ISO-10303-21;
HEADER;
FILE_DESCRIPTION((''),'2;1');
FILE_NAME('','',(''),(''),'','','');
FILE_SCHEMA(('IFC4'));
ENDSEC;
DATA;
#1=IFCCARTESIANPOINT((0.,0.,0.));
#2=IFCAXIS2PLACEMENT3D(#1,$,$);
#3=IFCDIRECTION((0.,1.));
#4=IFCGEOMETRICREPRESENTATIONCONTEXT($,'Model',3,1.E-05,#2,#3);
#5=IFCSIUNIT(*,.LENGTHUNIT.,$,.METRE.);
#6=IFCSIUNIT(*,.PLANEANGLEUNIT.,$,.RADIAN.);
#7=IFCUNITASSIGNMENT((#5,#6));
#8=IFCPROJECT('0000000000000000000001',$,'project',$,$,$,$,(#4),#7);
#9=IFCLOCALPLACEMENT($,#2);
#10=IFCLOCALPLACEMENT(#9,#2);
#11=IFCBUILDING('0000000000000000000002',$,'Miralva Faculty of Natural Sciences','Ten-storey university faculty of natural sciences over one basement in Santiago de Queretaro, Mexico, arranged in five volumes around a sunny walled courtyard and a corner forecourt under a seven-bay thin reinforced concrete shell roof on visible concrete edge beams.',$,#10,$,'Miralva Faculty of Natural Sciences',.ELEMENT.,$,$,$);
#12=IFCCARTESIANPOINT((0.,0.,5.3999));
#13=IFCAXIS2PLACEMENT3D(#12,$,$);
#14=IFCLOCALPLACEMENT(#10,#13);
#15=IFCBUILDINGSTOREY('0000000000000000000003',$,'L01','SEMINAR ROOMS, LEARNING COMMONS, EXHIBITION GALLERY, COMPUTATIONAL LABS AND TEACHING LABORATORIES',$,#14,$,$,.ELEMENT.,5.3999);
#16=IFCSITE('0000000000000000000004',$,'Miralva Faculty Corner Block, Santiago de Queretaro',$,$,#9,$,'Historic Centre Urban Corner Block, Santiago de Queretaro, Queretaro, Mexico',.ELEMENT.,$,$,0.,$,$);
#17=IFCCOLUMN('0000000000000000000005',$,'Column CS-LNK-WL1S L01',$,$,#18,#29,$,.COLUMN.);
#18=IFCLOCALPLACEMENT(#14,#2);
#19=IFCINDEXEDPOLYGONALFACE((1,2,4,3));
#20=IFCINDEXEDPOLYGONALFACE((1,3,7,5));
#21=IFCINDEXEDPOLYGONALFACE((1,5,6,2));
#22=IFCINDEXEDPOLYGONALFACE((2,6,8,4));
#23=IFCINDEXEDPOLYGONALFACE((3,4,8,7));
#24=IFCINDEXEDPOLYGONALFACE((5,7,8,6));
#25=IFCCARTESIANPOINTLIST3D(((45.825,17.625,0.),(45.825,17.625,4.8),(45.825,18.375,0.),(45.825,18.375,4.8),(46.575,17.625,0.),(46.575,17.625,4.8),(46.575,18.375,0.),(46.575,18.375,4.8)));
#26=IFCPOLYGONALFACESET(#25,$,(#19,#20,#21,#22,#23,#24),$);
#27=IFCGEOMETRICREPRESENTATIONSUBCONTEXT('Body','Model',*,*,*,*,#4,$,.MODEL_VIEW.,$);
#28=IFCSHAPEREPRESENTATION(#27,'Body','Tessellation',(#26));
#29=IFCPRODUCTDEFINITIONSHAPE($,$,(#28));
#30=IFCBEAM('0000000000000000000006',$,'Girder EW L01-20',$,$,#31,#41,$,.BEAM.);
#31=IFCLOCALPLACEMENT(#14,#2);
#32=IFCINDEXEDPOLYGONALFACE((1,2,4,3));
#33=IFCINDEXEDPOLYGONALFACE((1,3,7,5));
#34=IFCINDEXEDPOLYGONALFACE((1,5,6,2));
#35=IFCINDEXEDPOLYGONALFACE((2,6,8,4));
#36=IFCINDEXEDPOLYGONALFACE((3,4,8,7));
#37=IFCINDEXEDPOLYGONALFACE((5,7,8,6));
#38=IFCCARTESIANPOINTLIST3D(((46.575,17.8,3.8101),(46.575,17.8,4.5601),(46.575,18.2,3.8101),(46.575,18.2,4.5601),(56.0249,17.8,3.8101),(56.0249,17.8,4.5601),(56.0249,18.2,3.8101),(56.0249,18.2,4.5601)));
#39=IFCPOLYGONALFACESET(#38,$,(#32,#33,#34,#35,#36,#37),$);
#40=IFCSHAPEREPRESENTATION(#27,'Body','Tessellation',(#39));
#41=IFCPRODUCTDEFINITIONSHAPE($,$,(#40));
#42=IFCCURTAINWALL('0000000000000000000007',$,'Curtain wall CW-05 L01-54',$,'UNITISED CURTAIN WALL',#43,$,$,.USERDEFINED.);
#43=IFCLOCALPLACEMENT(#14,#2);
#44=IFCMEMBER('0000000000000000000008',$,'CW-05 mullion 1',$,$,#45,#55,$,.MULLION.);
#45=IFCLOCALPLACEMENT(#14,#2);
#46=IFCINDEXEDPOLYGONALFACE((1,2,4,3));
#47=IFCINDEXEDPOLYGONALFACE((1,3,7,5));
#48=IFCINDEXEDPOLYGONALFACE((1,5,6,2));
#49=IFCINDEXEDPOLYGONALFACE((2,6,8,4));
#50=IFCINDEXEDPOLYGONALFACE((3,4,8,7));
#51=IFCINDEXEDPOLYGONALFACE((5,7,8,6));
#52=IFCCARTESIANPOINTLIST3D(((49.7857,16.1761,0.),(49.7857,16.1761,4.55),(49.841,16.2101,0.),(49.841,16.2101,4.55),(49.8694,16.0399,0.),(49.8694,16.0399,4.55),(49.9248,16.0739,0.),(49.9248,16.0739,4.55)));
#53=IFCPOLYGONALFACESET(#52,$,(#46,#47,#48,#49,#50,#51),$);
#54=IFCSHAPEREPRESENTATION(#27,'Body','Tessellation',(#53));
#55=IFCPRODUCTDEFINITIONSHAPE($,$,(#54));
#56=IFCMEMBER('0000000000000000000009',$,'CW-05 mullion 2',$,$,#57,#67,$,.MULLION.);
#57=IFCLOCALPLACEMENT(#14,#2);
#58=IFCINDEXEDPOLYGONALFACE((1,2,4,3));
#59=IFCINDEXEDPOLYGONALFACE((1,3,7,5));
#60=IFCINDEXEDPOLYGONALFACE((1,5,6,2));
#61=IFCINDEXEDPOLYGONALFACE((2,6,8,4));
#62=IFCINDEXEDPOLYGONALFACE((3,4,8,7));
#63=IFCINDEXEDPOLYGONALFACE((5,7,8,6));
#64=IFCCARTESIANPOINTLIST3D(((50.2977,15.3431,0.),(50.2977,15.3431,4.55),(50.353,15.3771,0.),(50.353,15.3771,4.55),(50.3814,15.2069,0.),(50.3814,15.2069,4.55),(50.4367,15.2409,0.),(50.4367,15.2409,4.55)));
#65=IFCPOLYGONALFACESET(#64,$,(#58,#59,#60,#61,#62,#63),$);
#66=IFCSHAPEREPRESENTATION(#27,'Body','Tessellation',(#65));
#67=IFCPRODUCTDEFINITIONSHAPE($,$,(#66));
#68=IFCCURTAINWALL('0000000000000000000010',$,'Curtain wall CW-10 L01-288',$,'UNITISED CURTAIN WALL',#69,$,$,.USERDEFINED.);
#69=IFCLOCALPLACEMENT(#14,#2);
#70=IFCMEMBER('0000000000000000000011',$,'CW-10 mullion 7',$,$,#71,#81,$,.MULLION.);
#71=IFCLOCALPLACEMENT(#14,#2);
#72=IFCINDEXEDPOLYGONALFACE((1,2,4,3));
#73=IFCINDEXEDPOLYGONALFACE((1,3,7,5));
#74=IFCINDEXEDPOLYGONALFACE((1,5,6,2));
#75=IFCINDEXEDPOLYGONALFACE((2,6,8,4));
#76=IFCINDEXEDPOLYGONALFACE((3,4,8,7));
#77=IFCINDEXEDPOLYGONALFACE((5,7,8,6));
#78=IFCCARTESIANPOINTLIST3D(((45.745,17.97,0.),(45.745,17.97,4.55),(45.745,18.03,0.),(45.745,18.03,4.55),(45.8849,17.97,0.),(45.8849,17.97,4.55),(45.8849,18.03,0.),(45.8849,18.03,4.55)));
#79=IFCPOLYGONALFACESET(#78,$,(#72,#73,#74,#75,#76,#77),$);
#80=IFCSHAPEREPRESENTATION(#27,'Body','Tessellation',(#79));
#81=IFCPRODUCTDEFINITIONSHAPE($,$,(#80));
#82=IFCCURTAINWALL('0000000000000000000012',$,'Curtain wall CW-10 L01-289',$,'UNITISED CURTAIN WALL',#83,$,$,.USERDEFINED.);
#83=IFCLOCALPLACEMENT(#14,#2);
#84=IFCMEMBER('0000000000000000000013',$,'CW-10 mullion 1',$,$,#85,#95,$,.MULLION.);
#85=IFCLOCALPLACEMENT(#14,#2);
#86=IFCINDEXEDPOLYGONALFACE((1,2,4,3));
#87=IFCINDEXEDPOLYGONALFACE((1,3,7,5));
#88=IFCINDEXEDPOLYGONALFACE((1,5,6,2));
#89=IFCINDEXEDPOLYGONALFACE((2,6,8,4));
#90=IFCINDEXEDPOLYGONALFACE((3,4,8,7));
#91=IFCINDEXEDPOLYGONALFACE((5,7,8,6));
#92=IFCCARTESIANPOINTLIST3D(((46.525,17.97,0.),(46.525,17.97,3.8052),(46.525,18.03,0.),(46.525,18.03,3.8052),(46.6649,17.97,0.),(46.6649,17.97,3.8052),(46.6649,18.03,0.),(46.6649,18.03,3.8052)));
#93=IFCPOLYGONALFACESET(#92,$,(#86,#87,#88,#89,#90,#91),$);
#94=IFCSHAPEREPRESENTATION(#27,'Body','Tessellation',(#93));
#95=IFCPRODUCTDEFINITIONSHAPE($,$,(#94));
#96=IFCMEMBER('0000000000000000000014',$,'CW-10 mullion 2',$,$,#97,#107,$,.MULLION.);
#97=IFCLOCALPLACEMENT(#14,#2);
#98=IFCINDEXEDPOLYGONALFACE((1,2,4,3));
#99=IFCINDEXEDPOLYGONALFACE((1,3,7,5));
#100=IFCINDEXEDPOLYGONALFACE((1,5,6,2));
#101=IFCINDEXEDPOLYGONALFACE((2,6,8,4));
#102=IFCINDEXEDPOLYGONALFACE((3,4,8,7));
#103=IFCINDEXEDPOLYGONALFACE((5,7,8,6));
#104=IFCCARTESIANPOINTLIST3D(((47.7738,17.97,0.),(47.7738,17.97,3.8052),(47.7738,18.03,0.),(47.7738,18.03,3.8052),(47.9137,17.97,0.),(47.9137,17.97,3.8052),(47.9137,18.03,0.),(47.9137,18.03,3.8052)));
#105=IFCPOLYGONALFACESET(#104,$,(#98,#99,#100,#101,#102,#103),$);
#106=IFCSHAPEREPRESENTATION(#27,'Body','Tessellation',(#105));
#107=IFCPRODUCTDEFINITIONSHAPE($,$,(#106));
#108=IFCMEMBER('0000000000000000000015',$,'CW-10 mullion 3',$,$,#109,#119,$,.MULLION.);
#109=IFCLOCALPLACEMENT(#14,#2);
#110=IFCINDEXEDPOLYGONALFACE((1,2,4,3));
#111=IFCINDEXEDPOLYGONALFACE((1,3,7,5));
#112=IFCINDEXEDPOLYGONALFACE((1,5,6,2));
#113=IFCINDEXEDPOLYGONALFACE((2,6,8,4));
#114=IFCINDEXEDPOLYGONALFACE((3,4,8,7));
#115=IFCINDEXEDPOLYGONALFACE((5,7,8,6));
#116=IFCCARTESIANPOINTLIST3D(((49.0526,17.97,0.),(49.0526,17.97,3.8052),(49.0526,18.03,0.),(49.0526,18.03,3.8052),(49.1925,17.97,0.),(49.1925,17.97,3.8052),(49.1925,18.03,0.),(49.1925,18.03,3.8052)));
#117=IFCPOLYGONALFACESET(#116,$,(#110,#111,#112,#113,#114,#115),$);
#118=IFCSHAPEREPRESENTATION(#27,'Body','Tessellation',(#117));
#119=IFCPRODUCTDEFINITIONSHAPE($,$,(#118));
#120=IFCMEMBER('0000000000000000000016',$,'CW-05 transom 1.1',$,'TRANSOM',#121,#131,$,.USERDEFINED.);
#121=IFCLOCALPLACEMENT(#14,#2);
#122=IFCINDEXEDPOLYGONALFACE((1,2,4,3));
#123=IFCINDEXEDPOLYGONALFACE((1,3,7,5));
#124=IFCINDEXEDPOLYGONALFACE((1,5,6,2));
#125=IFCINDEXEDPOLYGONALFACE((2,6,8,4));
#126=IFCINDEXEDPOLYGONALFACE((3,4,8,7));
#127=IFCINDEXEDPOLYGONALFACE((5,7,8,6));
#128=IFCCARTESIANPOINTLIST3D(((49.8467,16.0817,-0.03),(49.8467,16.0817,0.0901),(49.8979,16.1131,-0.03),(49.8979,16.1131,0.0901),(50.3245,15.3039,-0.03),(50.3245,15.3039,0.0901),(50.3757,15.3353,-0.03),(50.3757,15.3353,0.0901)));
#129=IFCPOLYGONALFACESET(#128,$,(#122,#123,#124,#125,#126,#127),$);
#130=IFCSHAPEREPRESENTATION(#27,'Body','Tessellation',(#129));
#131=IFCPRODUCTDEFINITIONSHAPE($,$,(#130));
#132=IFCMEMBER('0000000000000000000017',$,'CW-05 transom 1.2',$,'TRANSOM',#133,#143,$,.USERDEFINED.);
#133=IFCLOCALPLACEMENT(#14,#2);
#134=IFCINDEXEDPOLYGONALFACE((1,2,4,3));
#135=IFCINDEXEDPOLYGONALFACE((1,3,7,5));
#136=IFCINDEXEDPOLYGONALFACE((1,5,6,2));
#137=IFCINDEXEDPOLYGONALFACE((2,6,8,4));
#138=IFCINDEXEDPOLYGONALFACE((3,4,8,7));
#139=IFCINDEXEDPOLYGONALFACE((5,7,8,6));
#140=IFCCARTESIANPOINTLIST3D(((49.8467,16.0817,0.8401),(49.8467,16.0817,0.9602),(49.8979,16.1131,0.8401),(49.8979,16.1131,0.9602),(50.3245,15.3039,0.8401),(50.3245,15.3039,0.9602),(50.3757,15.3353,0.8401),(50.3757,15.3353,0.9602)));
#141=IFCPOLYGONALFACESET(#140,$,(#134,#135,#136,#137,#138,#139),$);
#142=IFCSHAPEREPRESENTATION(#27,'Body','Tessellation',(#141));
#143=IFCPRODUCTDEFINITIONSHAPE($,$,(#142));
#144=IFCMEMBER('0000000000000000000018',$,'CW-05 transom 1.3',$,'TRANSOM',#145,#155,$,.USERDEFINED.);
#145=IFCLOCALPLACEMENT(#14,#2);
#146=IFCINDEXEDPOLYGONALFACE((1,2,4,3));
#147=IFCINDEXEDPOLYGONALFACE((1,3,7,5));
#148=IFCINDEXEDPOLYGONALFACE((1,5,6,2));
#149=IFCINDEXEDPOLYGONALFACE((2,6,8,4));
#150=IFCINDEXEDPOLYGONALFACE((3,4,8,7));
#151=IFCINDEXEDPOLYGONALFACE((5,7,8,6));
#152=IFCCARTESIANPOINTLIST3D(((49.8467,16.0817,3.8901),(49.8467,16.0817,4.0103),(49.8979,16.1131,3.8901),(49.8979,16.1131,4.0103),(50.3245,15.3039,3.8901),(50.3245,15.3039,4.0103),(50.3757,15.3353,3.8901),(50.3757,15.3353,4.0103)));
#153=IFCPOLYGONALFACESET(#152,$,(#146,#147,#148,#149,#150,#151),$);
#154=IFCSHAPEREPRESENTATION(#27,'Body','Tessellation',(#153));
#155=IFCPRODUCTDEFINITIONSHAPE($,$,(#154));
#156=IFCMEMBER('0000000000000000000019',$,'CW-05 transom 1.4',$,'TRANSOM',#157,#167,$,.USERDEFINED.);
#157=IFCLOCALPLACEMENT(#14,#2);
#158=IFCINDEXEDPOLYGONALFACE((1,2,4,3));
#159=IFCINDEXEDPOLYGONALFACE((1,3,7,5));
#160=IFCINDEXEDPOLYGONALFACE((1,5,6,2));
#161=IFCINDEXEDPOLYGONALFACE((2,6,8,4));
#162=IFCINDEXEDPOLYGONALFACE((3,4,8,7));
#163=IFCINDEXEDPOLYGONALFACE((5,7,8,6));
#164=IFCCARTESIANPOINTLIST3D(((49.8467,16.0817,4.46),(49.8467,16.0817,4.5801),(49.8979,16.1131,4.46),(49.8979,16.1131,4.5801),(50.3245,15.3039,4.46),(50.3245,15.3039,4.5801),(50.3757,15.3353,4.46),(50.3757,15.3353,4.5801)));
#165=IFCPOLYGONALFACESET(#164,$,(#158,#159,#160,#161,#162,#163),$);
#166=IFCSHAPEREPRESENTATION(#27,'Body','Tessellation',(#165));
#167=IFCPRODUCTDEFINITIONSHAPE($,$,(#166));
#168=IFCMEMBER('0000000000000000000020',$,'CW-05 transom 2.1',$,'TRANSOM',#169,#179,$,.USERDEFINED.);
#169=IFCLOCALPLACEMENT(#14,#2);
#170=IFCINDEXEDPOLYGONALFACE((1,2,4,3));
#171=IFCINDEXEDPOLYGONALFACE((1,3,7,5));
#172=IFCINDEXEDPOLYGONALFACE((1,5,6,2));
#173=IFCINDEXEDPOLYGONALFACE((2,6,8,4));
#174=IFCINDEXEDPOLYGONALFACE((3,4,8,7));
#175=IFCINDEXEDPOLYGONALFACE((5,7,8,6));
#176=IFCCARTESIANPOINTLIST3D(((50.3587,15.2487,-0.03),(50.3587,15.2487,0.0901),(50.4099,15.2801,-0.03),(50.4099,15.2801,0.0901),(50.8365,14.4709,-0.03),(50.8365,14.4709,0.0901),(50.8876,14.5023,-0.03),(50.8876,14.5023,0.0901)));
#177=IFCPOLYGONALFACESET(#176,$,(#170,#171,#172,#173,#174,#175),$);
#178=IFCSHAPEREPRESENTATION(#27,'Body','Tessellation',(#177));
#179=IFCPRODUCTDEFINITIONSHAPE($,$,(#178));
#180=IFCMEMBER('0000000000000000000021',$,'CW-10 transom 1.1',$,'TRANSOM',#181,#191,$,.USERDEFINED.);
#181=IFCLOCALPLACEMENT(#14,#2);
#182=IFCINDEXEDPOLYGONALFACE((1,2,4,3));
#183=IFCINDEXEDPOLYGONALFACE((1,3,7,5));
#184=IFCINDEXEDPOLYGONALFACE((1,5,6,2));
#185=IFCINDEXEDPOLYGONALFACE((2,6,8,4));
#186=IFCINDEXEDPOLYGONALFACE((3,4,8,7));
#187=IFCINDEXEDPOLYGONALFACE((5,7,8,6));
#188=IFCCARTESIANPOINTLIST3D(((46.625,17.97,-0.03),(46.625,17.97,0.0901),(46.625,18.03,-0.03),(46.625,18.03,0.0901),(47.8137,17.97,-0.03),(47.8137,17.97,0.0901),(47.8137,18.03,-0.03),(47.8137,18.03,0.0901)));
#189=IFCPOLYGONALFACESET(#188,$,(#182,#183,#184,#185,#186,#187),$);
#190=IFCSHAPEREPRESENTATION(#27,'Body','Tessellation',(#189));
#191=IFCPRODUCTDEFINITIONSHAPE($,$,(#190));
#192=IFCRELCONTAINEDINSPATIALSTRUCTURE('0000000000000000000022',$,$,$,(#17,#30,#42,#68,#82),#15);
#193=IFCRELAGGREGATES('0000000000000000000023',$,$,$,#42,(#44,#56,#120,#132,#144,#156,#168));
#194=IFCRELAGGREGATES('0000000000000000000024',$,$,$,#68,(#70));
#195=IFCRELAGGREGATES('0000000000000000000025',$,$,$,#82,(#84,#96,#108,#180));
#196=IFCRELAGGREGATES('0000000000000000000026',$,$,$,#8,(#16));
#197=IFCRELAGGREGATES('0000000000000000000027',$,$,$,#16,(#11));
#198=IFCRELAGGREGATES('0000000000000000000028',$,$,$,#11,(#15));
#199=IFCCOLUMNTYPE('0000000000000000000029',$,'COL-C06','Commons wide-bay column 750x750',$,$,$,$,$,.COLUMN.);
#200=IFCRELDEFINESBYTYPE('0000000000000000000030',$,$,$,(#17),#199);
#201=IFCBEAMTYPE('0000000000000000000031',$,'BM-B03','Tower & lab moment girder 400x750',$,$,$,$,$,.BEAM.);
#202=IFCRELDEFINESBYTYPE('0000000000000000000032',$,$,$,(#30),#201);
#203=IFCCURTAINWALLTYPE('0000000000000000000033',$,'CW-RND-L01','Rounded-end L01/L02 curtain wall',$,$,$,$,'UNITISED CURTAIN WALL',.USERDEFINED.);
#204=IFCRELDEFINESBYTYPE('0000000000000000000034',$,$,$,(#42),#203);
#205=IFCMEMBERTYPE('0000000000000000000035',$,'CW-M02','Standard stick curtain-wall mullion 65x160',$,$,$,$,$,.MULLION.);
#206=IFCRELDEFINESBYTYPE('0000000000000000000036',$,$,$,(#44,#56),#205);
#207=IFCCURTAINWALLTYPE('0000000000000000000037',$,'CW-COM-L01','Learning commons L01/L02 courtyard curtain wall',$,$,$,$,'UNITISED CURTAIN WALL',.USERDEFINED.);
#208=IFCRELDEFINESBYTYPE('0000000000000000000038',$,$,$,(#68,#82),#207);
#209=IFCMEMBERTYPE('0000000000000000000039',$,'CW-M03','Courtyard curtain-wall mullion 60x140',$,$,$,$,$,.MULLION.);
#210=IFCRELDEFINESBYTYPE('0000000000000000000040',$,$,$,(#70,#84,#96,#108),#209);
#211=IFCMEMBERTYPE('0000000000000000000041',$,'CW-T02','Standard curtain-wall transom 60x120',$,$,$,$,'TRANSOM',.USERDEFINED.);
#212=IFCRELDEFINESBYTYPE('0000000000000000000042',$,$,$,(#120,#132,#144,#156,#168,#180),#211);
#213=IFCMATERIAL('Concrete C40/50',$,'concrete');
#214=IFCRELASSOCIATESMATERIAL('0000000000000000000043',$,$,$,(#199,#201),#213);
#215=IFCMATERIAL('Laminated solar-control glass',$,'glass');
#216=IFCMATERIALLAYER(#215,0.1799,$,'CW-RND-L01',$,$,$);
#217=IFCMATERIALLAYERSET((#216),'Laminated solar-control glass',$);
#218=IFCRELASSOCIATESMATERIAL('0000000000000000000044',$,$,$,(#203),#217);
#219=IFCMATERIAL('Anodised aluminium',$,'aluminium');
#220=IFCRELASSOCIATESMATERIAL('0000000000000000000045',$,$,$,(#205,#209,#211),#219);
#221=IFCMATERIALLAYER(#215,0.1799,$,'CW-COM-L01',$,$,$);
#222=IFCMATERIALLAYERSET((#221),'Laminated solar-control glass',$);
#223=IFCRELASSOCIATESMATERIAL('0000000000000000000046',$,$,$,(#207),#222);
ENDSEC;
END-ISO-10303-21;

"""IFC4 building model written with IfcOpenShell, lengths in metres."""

from ifc_helpers import new_model, si_unit, direction, frame, origin, origin_2d, place, context, subcontext, project, spatial, rectangle, extrude, material, layer, layer_set, material_profile, profile_set, type_object, element, aggregate, save


model = new_model("IFC4")

# Units and contexts
model_context = context("Model", 3, precision=1e-05, world=origin(), true_north=direction((0.0, 1.0)))
body_context = subcontext(model_context, "Body", "Model", "MODEL_VIEW")
ifc_project = project(units=[si_unit("LENGTHUNIT", "METRE"), si_unit("PLANEANGLEUNIT", "RADIAN")], contexts=[model_context])

# Site, building, storey
site_placement = place(None, origin())
site = spatial("IfcSite", under=ifc_project, at=site_placement, Name="Miralva Faculty Corner Block, Santiago de Queretaro", LongName="Historic Centre Urban Corner Block, Santiago de Queretaro, Queretaro, Mexico", CompositionType="ELEMENT", RefElevation=0.0)
building_placement = place(site_placement, origin())
building = spatial("IfcBuilding", under=site, at=building_placement, Name="Miralva Faculty of Natural Sciences", Description="Ten-storey university faculty of natural sciences over one basement in Santiago de Queretaro, Mexico, arranged in five volumes around a sunny walled courtyard and a corner forecourt under a seven-bay thin reinforced concrete shell roof on visible concrete edge beams.", LongName="Miralva Faculty of Natural Sciences", CompositionType="ELEMENT")
storey_placement = place(building_placement, frame((0.0, 0.0, 5.3999)))
storey = spatial("IfcBuildingStorey", under=building, at=storey_placement, Name="L01", Description="SEMINAR ROOMS, LEARNING COMMONS, EXHIBITION GALLERY, COMPUTATIONAL LABS AND TEACHING LABORATORIES", CompositionType="ELEMENT", Elevation=5.3999)

# Column
ifc_material_1 = material(Name="Concrete C40/50", Category="concrete")
ifc_material_profile_1 = material_profile(ifc_material_1, rectangle(XDim=0.75, YDim=0.75, at=origin_2d()), Name="RC 750x750")
ifc_profile_set_1 = profile_set([ifc_material_profile_1], Name="Concrete C40/50")
column_type = type_object("IfcColumnType", Name="COL-C06", Description="Commons wide-bay column 750x750", PredefinedType="COLUMN", material=ifc_profile_set_1)
column_placement = place(storey_placement, frame((46.2, 18.0, 0.0), z_axis=(0.0, 0.0, 1.0), x_axis=(1.0, 0.0, 0.0)))
element("IfcColumn", 1, at=column_placement, inside=storey, type_object=column_type, Name="Column CS-LNK-WL1S L01", PredefinedType="COLUMN", context=body_context, shape_type="SweptSolid", body=[
    extrude(rectangle(XDim=0.75, YDim=0.75, at=origin_2d()), origin(), (0.0, 0.0, 1.0), 4.8),
])

# Beam
ifc_material_profile_2 = material_profile(ifc_material_1, rectangle(XDim=0.3999, YDim=0.75, at=origin_2d()), Name="RC 400x750")
ifc_profile_set_2 = profile_set([ifc_material_profile_2], Name="Concrete C40/50")
beam_type = type_object("IfcBeamType", Name="BM-B03", Description="Tower & lab moment girder 400x750", PredefinedType="BEAM", material=ifc_profile_set_2)
beam_placement = place(storey_placement, frame((46.575, 18.0, 4.1851), z_axis=(1.0, 0.0, 0.0), x_axis=(0.0, 1.0, 0.0)))
element("IfcBeam", 2, at=beam_placement, inside=storey, type_object=beam_type, Name="Girder EW L01-20", PredefinedType="BEAM", context=body_context, shape_type="SweptSolid", body=[
    extrude(rectangle(XDim=0.3999, YDim=0.75, at=origin_2d()), origin(), (0.0, 0.0, 1.0), 9.45),
])

# Curtain wall, members
ifc_material_2 = material(Name="Laminated solar-control glass", Category="glass")
ifc_layer_1 = layer(ifc_material_2, 0.1799, Name="CW-RND-L01")
ifc_layer_set_1 = layer_set([ifc_layer_1], Name="Laminated solar-control glass")
curtain_wall_type_1 = type_object("IfcCurtainWallType", Name="CW-RND-L01", Description="Rounded-end L01/L02 curtain wall", ElementType="UNITISED CURTAIN WALL", PredefinedType="USERDEFINED", material=ifc_layer_set_1)
curtain_wall_1_placement = place(storey_placement, origin())
curtain_wall_1 = element("IfcCurtainWall", 3, at=curtain_wall_1_placement, inside=storey, type_object=curtain_wall_type_1, Name="Curtain wall CW-05 L01-54", ObjectType="UNITISED CURTAIN WALL", PredefinedType="USERDEFINED")
ifc_material_3 = material(Name="Anodised aluminium", Category="aluminium")
ifc_material_profile_3 = material_profile(ifc_material_3, rectangle(XDim=0.0649, YDim=0.1599, at=origin_2d()), Name="MULLION 65x160")
ifc_profile_set_3 = profile_set([ifc_material_profile_3], Name="Anodised aluminium")
member_type_1 = type_object("IfcMemberType", Name="CW-M02", Description="Standard stick curtain-wall mullion 65x160", PredefinedType="MULLION", material=ifc_profile_set_3)
member_1_placement = place(storey_placement, frame((49.8552, 16.125, 0.0), z_axis=(0.0, 0.0, 1.0), x_axis=(0.851995, 0.523551, 0.0)))
member_1 = element("IfcMember", 4, at=member_1_placement, type_object=member_type_1, Name="CW-05 mullion 1", PredefinedType="MULLION", context=body_context, shape_type="SweptSolid", body=[
    extrude(rectangle(XDim=0.0649, YDim=0.1599, at=origin_2d()), origin(), (0.0, 0.0, 1.0), 4.55),
])
member_2_placement = place(storey_placement, frame((50.3672, 15.292, 0.0), z_axis=(0.0, 0.0, 1.0), x_axis=(0.851995, 0.523551, 0.0)))
member_2 = element("IfcMember", 5, at=member_2_placement, type_object=member_type_1, Name="CW-05 mullion 2", PredefinedType="MULLION", context=body_context, shape_type="SweptSolid", body=[
    extrude(rectangle(XDim=0.0649, YDim=0.1599, at=origin_2d()), origin(), (0.0, 0.0, 1.0), 4.55),
])

# Curtain wall, member
ifc_layer_2 = layer(ifc_material_2, 0.1799, Name="CW-COM-L01")
ifc_layer_set_2 = layer_set([ifc_layer_2], Name="Laminated solar-control glass")
curtain_wall_type_2 = type_object("IfcCurtainWallType", Name="CW-COM-L01", Description="Learning commons L01/L02 courtyard curtain wall", ElementType="UNITISED CURTAIN WALL", PredefinedType="USERDEFINED", material=ifc_layer_set_2)
curtain_wall_2_placement = place(storey_placement, origin())
curtain_wall_2 = element("IfcCurtainWall", 6, at=curtain_wall_2_placement, inside=storey, type_object=curtain_wall_type_2, Name="Curtain wall CW-10 L01-288", ObjectType="UNITISED CURTAIN WALL", PredefinedType="USERDEFINED")
ifc_material_profile_4 = material_profile(ifc_material_3, rectangle(XDim=0.0601, YDim=0.1399, at=origin_2d()), Name="MULLION 60x140")
ifc_profile_set_4 = profile_set([ifc_material_profile_4], Name="Anodised aluminium")
member_type_2 = type_object("IfcMemberType", Name="CW-M03", Description="Courtyard curtain-wall mullion 60x140", PredefinedType="MULLION", material=ifc_profile_set_4)
member_3_placement = place(storey_placement, frame((45.8149, 18.0, 0.0), z_axis=(0.0, 0.0, 1.0), x_axis=(0.0, 1.0, 0.0)))
member_3 = element("IfcMember", 7, at=member_3_placement, type_object=member_type_2, Name="CW-10 mullion 7", PredefinedType="MULLION", context=body_context, shape_type="SweptSolid", body=[
    extrude(rectangle(XDim=0.0601, YDim=0.1399, at=origin_2d()), origin(), (0.0, 0.0, 1.0), 4.55),
])

# Curtain wall, members
curtain_wall_3_placement = place(storey_placement, origin())
curtain_wall_3 = element("IfcCurtainWall", 8, at=curtain_wall_3_placement, inside=storey, type_object=curtain_wall_type_2, Name="Curtain wall CW-10 L01-289", ObjectType="UNITISED CURTAIN WALL", PredefinedType="USERDEFINED")
member_4_placement = place(storey_placement, frame((46.595, 18.0, 0.0), z_axis=(0.0, 0.0, 1.0), x_axis=(0.0, 1.0, 0.0)))
member_4 = element("IfcMember", 9, at=member_4_placement, type_object=member_type_2, Name="CW-10 mullion 1", PredefinedType="MULLION", context=body_context, shape_type="SweptSolid", body=[
    extrude(rectangle(XDim=0.0601, YDim=0.1399, at=origin_2d()), origin(), (0.0, 0.0, 1.0), 3.8052),
])
member_5_placement = place(storey_placement, frame((47.8438, 18.0, 0.0), z_axis=(0.0, 0.0, 1.0), x_axis=(0.0, 1.0, 0.0)))
member_5 = element("IfcMember", 10, at=member_5_placement, type_object=member_type_2, Name="CW-10 mullion 2", PredefinedType="MULLION", context=body_context, shape_type="SweptSolid", body=[
    extrude(rectangle(XDim=0.0601, YDim=0.1399, at=origin_2d()), origin(), (0.0, 0.0, 1.0), 3.8052),
])
member_6_placement = place(storey_placement, frame((49.1226, 18.0, 0.0), z_axis=(0.0, 0.0, 1.0), x_axis=(0.0, 1.0, 0.0)))
member_6 = element("IfcMember", 11, at=member_6_placement, type_object=member_type_2, Name="CW-10 mullion 3", PredefinedType="MULLION", context=body_context, shape_type="SweptSolid", body=[
    extrude(rectangle(XDim=0.0601, YDim=0.1399, at=origin_2d()), origin(), (0.0, 0.0, 1.0), 3.8052),
])

# Members
ifc_material_profile_5 = material_profile(ifc_material_3, rectangle(XDim=0.0601, YDim=0.1201, at=origin_2d()), Name="TRANSOM 60x120")
ifc_profile_set_5 = profile_set([ifc_material_profile_5], Name="Anodised aluminium")
member_type_3 = type_object("IfcMemberType", Name="CW-T02", Description="Standard curtain-wall transom 60x120", ElementType="TRANSOM", PredefinedType="USERDEFINED", material=ifc_profile_set_5)
member_7_placement = place(storey_placement, frame((49.8723, 16.0974, 0.03), z_axis=(0.523396, -0.85209, 0.0), x_axis=(0.85209, 0.523396, 0.0)))
member_7 = element("IfcMember", 12, at=member_7_placement, type_object=member_type_3, Name="CW-05 transom 1.1", ObjectType="TRANSOM", PredefinedType="USERDEFINED", context=body_context, shape_type="SweptSolid", body=[
    extrude(rectangle(XDim=0.0601, YDim=0.1201, at=origin_2d()), origin(), (0.0, 0.0, 1.0), 0.9128),
])
member_8_placement = place(storey_placement, frame((49.8723, 16.0974, 0.9001), z_axis=(0.523396, -0.85209, 0.0), x_axis=(0.85209, 0.523396, 0.0)))
member_8 = element("IfcMember", 13, at=member_8_placement, type_object=member_type_3, Name="CW-05 transom 1.2", ObjectType="TRANSOM", PredefinedType="USERDEFINED", context=body_context, shape_type="SweptSolid", body=[
    extrude(rectangle(XDim=0.0601, YDim=0.1201, at=origin_2d()), origin(), (0.0, 0.0, 1.0), 0.9128),
])
member_9_placement = place(storey_placement, frame((49.8723, 16.0974, 3.9502), z_axis=(0.523396, -0.85209, 0.0), x_axis=(0.85209, 0.523396, 0.0)))
member_9 = element("IfcMember", 14, at=member_9_placement, type_object=member_type_3, Name="CW-05 transom 1.3", ObjectType="TRANSOM", PredefinedType="USERDEFINED", context=body_context, shape_type="SweptSolid", body=[
    extrude(rectangle(XDim=0.0601, YDim=0.1201, at=origin_2d()), origin(), (0.0, 0.0, 1.0), 0.9128),
])
member_10_placement = place(storey_placement, frame((49.8723, 16.0974, 4.52), z_axis=(0.523396, -0.85209, 0.0), x_axis=(0.85209, 0.523396, 0.0)))
member_10 = element("IfcMember", 15, at=member_10_placement, type_object=member_type_3, Name="CW-05 transom 1.4", ObjectType="TRANSOM", PredefinedType="USERDEFINED", context=body_context, shape_type="SweptSolid", body=[
    extrude(rectangle(XDim=0.0601, YDim=0.1201, at=origin_2d()), origin(), (0.0, 0.0, 1.0), 0.9128),
])
member_11_placement = place(storey_placement, frame((50.3843, 15.2644, 0.03), z_axis=(0.523396, -0.85209, 0.0), x_axis=(0.85209, 0.523396, 0.0)))
member_11 = element("IfcMember", 16, at=member_11_placement, type_object=member_type_3, Name="CW-05 transom 2.1", ObjectType="TRANSOM", PredefinedType="USERDEFINED", context=body_context, shape_type="SweptSolid", body=[
    extrude(rectangle(XDim=0.0601, YDim=0.1201, at=origin_2d()), origin(), (0.0, 0.0, 1.0), 0.9128),
])
member_12_placement = place(storey_placement, frame((46.625, 18.0, 0.03), z_axis=(1.0, 0.0, 0.0), x_axis=(0.0, 1.0, 0.0)))
member_12 = element("IfcMember", 17, at=member_12_placement, type_object=member_type_3, Name="CW-10 transom 1.1", ObjectType="TRANSOM", PredefinedType="USERDEFINED", context=body_context, shape_type="SweptSolid", body=[
    extrude(rectangle(XDim=0.0601, YDim=0.1201, at=origin_2d()), origin(), (0.0, 0.0, 1.0), 1.1887),
])

aggregate(curtain_wall_1, [member_1, member_2, member_7, member_8, member_9, member_10, member_11])
aggregate(curtain_wall_2, [member_3])
aggregate(curtain_wall_3, [member_4, member_5, member_6, member_12])

save(model, "model.ifc")
